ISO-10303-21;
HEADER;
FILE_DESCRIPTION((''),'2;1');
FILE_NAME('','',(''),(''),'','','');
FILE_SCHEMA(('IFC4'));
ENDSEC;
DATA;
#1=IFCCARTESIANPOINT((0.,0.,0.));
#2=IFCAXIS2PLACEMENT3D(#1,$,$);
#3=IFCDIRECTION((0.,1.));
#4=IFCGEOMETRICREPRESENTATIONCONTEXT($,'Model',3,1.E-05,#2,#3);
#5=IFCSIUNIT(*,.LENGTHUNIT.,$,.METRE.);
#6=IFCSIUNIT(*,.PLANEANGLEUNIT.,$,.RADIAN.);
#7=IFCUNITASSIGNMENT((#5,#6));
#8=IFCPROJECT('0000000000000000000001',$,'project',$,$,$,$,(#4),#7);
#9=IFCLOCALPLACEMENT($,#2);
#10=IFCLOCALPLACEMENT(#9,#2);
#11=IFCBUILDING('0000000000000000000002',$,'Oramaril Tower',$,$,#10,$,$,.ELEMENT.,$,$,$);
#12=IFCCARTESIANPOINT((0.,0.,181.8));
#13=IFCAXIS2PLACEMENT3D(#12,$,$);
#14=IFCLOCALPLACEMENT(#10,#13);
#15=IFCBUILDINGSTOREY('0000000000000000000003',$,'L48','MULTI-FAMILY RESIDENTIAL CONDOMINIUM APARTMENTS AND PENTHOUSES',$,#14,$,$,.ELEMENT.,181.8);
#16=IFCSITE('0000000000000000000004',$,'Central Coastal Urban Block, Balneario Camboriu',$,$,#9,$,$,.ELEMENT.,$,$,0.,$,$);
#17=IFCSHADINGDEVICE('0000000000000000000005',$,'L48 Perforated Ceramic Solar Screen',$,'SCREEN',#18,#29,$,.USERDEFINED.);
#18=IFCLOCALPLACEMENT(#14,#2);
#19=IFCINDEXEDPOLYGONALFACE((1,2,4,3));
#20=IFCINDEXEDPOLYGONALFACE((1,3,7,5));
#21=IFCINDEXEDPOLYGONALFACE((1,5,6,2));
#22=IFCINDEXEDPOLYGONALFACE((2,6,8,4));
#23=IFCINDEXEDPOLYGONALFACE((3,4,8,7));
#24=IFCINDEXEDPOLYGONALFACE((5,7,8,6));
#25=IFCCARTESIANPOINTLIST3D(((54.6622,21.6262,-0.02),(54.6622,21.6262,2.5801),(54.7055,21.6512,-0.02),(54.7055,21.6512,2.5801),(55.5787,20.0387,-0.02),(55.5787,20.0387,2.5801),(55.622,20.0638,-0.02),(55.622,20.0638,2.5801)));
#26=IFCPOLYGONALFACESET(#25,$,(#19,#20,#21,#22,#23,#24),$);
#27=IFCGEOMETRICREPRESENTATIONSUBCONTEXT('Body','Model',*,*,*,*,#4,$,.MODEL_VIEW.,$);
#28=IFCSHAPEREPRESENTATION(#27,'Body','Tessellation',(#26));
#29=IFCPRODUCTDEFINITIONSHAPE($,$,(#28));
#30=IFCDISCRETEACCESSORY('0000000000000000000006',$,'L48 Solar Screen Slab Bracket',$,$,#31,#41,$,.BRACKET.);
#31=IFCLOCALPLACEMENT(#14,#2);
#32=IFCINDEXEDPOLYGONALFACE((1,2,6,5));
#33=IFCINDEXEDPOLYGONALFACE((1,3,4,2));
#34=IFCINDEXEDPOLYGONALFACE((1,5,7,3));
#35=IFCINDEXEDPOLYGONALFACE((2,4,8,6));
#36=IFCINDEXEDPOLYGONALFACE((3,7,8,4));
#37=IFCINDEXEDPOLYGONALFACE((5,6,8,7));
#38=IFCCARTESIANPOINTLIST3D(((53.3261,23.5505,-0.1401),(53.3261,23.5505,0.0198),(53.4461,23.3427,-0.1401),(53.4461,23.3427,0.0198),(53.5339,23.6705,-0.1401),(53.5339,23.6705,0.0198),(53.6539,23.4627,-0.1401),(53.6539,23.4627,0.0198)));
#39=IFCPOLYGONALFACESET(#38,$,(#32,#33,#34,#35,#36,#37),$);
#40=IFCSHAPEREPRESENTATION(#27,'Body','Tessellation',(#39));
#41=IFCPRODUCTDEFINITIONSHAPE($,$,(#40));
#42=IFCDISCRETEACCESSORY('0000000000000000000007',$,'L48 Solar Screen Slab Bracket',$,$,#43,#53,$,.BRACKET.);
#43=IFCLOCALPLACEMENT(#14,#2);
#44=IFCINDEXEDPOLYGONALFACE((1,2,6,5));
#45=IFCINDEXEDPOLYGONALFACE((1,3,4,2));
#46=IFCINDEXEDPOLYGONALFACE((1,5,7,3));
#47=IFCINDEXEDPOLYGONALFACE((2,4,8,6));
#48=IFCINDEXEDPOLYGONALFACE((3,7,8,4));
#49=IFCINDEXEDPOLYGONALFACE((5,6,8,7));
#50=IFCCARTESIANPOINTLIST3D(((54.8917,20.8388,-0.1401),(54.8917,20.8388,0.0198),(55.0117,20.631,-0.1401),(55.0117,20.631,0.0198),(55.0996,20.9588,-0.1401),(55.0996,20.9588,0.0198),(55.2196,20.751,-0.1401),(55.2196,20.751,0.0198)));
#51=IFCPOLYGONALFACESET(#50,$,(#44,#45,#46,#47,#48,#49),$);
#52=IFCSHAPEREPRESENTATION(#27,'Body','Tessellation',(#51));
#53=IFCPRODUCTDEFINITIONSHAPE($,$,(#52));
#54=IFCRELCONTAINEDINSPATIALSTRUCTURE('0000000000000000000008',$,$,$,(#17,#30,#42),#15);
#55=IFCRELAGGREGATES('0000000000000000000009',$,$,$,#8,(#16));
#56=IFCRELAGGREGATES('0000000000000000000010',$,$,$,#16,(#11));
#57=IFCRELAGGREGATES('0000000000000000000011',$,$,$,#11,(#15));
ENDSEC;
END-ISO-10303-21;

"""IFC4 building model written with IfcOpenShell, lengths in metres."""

from ifc_helpers import new_model, si_unit, direction, frame, origin, origin_2d, place, context, subcontext, project, spatial, rectangle, extrude, element, save


model = new_model("IFC4")

# Units and contexts
model_context = context("Model", 3, precision=1e-05, world=origin(), true_north=direction((0.0, 1.0)))
body_context = subcontext(model_context, "Body", "Model", "MODEL_VIEW")
ifc_project = project(units=[si_unit("LENGTHUNIT", "METRE"), si_unit("PLANEANGLEUNIT", "RADIAN")], contexts=[model_context])

# Site, building, storey
site_placement = place(None, origin())
site = spatial("IfcSite", under=ifc_project, at=site_placement, Name="Central Coastal Urban Block, Balneario Camboriu", CompositionType="ELEMENT", RefElevation=0.0)
building_placement = place(site_placement, origin())
building = spatial("IfcBuilding", under=site, at=building_placement, Name="Oramaril Tower", CompositionType="ELEMENT")
storey_placement = place(building_placement, frame((0.0, 0.0, 181.8)))
storey = spatial("IfcBuildingStorey", under=building, at=storey_placement, Name="L48", Description="MULTI-FAMILY RESIDENTIAL CONDOMINIUM APARTMENTS AND PENTHOUSES", CompositionType="ELEMENT", Elevation=181.8)

# Shading device
for number, where, z_axis, x_axis, name in (
    (1, (55.1421, 20.845, -0.02), (0.0, 0.0, 1.0), (-0.5, 0.866025, 0.0), "L48 Perforated Ceramic Solar Screen"),
):
    element("IfcShadingDevice", number, at=place(storey_placement, frame(where, z_axis=z_axis, x_axis=x_axis)), inside=storey, Name=name, ObjectType="SCREEN", PredefinedType="USERDEFINED", context=body_context, shape_type="SweptSolid", body=[
        extrude(rectangle(XDim=1.833, YDim=0.05, at=origin_2d()), origin(), (0.0, 0.0, 1.0), 2.6001),
    ])

# Discrete accessories
for number, where, z_axis, x_axis, name in (
    (2, (53.49, 23.5066, -0.1401), (0.0, 0.0, 1.0), (-0.5, 0.866025, 0.0), "L48 Solar Screen Slab Bracket"),
    (3, (55.0557, 20.7949, -0.1401), (0.0, 0.0, 1.0), (-0.5, 0.866025, 0.0), "L48 Solar Screen Slab Bracket"),
):
    element("IfcDiscreteAccessory", number, at=place(storey_placement, frame(where, z_axis=z_axis, x_axis=x_axis)), inside=storey, Name=name, PredefinedType="BRACKET", context=body_context, shape_type="SweptSolid", body=[
        extrude(rectangle(XDim=0.24, YDim=0.24, at=origin_2d()), origin(), (0.0, 0.0, 1.0), 0.1599),
    ])

save(model, "model.ifc")
